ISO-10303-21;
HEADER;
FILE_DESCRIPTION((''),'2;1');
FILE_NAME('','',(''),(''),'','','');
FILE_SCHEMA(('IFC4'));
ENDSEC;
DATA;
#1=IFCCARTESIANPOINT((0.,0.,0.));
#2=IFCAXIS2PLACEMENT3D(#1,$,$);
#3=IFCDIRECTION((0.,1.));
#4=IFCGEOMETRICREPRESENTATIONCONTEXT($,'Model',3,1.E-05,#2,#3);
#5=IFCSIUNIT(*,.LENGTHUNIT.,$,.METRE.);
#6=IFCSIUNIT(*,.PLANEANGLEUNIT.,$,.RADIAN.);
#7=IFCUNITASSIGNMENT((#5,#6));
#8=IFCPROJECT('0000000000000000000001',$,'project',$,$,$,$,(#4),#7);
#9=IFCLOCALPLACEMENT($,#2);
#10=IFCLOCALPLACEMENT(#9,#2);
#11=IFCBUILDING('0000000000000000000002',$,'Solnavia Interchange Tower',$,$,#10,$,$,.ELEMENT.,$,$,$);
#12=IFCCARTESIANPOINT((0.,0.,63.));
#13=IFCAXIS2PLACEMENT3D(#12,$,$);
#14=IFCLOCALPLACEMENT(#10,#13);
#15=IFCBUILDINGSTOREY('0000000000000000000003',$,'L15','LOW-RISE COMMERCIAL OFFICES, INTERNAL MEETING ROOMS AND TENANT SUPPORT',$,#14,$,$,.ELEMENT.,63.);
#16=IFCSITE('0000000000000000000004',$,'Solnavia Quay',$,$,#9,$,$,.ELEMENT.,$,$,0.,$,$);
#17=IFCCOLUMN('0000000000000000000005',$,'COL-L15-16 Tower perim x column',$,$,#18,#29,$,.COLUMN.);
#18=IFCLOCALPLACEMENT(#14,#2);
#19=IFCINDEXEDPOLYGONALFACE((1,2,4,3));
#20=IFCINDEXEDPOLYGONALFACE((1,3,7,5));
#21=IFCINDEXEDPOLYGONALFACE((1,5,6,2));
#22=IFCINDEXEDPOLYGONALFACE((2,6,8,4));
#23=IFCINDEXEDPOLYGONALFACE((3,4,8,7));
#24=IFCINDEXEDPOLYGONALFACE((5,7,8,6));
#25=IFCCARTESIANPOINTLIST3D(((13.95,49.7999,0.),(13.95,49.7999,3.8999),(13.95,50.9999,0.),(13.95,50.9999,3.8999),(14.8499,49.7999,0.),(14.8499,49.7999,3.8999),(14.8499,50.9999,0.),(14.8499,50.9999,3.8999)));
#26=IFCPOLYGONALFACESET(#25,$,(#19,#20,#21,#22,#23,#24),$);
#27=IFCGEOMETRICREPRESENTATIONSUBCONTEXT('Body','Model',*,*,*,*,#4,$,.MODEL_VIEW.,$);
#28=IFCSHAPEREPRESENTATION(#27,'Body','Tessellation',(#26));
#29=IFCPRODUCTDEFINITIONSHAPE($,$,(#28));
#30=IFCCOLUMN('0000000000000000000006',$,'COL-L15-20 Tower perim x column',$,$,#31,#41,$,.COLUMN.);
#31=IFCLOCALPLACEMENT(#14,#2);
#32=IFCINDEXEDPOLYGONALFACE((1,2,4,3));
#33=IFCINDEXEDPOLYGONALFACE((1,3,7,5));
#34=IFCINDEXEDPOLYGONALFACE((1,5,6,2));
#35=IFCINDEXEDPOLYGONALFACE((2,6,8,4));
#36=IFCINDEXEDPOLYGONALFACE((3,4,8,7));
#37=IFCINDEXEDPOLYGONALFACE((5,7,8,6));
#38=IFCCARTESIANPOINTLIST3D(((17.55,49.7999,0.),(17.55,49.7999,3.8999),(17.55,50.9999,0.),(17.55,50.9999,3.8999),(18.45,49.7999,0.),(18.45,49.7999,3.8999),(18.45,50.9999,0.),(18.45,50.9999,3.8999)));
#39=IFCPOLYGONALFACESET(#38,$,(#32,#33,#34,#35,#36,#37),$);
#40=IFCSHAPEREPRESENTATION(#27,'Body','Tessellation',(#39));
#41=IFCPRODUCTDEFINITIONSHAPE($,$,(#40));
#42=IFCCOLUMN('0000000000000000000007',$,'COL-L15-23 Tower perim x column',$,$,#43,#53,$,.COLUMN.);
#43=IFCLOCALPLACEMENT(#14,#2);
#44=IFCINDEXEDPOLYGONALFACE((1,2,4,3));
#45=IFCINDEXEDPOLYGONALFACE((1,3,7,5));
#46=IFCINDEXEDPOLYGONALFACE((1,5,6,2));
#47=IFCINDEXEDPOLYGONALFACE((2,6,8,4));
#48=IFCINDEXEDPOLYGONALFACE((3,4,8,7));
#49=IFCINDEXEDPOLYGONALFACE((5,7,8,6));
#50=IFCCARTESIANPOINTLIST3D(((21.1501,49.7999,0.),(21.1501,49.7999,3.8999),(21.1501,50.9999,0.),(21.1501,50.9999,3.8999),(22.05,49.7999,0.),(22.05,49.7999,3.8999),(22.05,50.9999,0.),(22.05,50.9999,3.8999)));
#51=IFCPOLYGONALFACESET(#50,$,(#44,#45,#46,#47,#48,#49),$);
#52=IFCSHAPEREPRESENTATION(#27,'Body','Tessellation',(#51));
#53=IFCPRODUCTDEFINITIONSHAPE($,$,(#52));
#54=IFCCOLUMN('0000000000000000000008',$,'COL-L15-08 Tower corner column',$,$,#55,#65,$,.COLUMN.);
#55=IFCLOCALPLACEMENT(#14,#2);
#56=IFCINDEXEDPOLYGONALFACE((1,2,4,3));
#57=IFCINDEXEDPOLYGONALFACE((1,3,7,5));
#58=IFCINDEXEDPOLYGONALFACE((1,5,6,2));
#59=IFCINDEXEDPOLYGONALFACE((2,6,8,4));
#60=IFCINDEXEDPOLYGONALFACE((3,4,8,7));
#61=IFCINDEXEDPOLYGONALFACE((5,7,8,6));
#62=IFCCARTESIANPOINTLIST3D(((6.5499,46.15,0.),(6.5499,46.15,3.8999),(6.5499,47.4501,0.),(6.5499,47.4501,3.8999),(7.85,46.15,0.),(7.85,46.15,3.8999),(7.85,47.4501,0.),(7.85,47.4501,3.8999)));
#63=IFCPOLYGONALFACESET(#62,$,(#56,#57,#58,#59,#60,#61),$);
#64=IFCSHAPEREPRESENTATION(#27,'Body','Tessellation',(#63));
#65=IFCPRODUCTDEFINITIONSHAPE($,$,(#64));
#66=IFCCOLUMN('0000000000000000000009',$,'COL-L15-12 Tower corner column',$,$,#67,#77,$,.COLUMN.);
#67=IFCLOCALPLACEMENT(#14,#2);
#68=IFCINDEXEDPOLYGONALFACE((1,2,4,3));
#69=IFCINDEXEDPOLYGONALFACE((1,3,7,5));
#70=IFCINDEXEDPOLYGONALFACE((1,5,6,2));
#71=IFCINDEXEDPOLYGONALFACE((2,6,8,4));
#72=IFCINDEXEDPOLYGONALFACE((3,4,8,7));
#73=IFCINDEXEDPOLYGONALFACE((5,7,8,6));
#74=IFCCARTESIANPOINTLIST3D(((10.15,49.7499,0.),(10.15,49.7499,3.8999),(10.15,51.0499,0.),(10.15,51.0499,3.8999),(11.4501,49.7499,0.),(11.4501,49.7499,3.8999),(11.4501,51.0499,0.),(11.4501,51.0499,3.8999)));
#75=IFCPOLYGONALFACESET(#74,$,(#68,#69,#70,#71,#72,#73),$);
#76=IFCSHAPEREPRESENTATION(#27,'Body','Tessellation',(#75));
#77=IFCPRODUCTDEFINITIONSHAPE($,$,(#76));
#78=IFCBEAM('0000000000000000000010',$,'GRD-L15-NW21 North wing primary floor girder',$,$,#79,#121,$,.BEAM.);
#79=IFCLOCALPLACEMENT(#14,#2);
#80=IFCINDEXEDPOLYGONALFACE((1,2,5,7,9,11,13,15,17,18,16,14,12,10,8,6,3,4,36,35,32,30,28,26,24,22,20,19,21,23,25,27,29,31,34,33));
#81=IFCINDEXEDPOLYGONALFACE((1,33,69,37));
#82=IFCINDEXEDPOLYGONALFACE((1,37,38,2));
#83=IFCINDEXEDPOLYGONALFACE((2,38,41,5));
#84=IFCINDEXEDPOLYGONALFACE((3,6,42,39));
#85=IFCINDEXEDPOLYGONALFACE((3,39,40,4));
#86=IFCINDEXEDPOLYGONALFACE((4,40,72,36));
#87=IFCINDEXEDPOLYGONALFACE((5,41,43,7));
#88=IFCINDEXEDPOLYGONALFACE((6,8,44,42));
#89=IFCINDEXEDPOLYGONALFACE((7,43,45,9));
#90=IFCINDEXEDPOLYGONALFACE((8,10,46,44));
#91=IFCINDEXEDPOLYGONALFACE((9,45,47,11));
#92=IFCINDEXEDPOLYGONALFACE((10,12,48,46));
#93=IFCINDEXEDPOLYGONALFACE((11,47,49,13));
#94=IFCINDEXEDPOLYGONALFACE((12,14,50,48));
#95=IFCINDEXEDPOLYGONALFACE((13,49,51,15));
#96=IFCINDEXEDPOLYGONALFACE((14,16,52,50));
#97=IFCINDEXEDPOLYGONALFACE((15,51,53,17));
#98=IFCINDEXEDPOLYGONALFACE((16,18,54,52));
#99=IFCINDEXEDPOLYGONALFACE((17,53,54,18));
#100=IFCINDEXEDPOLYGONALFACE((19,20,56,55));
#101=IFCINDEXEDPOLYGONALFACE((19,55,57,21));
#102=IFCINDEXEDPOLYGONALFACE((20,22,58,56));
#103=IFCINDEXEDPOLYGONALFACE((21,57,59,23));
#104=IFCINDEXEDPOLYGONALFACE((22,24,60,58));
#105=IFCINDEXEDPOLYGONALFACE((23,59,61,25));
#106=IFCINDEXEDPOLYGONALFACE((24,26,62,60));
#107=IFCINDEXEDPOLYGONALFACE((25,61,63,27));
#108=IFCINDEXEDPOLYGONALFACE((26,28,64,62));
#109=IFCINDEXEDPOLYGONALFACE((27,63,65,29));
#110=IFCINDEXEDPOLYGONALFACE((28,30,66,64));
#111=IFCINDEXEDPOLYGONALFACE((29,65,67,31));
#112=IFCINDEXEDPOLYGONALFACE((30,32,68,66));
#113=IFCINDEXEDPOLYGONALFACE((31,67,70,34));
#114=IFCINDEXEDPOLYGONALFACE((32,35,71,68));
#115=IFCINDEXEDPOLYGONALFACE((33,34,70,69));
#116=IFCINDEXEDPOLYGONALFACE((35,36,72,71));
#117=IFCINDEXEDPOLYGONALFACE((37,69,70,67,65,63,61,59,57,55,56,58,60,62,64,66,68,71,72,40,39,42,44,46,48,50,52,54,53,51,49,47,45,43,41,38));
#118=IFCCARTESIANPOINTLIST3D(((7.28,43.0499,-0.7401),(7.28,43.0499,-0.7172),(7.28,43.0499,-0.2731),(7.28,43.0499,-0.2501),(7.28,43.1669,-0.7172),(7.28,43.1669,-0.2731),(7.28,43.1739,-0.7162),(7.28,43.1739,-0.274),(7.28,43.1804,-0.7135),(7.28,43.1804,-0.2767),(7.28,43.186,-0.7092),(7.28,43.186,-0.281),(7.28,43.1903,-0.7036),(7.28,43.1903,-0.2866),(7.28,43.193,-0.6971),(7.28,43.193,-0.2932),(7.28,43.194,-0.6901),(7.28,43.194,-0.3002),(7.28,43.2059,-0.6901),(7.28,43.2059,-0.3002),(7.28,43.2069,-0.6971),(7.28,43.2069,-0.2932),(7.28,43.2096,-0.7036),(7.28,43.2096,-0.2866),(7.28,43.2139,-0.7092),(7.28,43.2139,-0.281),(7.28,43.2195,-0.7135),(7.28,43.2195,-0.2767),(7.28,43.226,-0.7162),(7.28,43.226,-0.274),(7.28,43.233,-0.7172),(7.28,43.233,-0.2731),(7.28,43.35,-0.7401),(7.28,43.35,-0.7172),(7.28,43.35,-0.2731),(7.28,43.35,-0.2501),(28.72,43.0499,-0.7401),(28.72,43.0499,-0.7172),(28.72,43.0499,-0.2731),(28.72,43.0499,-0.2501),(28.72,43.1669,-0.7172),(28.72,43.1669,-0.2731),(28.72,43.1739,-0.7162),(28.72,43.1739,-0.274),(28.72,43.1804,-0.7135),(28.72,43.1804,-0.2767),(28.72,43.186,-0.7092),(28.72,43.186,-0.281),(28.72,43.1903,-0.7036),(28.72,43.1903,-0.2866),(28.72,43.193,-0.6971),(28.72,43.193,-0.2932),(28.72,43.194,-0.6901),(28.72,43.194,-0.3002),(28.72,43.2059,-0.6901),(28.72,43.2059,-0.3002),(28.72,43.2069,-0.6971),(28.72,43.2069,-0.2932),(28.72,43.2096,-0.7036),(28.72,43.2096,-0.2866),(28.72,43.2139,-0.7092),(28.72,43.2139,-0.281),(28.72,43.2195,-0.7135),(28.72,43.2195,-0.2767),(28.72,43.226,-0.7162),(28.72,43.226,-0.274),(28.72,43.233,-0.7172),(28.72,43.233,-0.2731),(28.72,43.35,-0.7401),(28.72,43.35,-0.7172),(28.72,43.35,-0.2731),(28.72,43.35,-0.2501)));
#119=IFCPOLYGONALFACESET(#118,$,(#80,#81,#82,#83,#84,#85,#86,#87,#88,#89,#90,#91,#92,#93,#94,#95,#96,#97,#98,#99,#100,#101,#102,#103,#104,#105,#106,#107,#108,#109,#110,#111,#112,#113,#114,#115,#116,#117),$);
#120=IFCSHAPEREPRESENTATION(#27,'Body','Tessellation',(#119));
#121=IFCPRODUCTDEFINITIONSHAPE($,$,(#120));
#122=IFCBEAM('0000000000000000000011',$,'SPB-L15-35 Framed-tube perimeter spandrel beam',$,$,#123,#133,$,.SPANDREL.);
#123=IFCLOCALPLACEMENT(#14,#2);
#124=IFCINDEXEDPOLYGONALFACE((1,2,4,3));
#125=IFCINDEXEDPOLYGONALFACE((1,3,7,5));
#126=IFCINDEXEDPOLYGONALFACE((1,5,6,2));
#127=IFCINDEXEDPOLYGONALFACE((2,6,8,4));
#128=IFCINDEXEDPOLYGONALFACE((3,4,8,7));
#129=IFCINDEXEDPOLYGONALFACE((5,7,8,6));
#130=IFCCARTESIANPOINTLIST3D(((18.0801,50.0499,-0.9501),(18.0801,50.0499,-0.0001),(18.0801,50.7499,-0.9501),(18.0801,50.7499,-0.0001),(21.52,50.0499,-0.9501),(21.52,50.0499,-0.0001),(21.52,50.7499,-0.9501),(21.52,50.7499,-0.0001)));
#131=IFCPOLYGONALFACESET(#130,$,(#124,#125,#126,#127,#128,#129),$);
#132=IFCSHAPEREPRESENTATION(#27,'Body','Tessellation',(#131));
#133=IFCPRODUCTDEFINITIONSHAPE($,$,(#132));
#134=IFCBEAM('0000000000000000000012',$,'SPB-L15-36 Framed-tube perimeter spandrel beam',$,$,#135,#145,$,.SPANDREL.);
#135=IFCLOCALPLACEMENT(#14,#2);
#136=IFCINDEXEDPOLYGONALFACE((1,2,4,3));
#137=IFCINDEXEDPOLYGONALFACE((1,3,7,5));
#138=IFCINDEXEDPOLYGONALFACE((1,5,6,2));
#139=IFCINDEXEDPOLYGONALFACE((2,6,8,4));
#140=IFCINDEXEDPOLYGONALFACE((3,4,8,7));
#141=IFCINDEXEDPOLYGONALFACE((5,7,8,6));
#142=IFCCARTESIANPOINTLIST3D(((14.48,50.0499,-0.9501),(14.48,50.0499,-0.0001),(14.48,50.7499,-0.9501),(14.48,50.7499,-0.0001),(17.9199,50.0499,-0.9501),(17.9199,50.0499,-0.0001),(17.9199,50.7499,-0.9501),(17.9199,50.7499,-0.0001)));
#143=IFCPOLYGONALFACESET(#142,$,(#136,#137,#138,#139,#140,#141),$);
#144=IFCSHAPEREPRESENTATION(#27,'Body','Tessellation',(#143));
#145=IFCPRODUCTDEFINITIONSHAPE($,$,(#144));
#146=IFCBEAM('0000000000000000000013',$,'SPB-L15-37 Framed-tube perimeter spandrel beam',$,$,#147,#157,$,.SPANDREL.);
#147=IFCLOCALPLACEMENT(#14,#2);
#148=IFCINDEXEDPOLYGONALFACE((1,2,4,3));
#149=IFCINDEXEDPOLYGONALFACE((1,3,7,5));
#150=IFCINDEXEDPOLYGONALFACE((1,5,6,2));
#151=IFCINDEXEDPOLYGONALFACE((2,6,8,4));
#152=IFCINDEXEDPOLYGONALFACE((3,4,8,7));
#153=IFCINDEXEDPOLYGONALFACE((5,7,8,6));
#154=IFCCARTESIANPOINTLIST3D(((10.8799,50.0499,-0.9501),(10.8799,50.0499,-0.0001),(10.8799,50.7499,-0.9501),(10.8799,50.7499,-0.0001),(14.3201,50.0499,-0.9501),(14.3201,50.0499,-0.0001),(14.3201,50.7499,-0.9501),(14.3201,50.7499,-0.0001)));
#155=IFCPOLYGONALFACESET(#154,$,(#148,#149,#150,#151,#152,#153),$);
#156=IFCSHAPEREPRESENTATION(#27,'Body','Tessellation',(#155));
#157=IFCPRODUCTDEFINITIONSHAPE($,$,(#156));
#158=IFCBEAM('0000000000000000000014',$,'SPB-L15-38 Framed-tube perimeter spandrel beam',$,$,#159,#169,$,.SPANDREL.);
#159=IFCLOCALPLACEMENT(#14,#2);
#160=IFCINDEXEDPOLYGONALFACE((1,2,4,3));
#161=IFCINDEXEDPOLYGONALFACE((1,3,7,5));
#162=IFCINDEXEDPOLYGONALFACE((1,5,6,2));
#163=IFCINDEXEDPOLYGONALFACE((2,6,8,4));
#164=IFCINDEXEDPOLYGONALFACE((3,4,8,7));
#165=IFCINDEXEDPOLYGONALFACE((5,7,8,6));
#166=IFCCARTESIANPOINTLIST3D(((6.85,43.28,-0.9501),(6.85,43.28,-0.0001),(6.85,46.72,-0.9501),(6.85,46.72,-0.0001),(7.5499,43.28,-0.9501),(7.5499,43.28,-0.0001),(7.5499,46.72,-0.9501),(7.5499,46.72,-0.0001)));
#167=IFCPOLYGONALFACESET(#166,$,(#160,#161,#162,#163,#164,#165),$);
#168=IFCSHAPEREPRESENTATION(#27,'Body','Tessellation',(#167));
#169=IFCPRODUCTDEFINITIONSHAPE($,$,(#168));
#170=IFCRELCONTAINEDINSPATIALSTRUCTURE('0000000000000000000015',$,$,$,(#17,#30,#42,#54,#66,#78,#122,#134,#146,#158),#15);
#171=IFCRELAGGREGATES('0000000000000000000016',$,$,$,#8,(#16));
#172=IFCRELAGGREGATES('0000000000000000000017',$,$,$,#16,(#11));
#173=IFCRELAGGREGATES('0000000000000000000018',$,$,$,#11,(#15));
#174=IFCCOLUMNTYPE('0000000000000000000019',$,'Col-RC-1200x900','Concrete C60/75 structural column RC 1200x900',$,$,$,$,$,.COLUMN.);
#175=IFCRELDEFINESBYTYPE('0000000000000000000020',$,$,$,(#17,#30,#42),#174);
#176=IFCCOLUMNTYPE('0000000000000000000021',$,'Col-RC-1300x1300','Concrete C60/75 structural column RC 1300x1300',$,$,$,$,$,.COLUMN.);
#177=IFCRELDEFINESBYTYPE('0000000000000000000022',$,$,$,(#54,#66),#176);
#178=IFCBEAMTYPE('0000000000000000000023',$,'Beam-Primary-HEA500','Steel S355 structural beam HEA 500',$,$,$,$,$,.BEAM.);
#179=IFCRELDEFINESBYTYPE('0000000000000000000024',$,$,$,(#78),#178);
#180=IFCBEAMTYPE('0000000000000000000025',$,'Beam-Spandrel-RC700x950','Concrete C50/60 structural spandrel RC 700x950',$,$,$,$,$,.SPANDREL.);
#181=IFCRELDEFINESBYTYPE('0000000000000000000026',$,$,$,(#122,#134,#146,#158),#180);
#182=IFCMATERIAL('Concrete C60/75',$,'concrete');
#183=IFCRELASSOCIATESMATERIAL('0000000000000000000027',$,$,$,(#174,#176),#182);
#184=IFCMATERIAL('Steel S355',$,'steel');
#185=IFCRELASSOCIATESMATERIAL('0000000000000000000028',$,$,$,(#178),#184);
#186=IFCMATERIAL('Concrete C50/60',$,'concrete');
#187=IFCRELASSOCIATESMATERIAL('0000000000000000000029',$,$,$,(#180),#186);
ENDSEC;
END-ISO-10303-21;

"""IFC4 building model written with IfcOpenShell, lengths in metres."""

from ifc_helpers import new_model, si_unit, direction, frame, origin, origin_2d, place, context, subcontext, project, spatial, rectangle, i_section, extrude, material, material_profile, profile_set, type_object, element, save


model = new_model("IFC4")

# Units and contexts
model_context = context("Model", 3, precision=1e-05, world=origin(), true_north=direction((0.0, 1.0)))
body_context = subcontext(model_context, "Body", "Model", "MODEL_VIEW")
ifc_project = project(units=[si_unit("LENGTHUNIT", "METRE"), si_unit("PLANEANGLEUNIT", "RADIAN")], contexts=[model_context])

# Site, building, storey
site_placement = place(None, origin())
site = spatial("IfcSite", under=ifc_project, at=site_placement, Name="Solnavia Quay", CompositionType="ELEMENT", RefElevation=0.0)
building_placement = place(site_placement, origin())
building = spatial("IfcBuilding", under=site, at=building_placement, Name="Solnavia Interchange Tower", CompositionType="ELEMENT")
storey_placement = place(building_placement, frame((0.0, 0.0, 63.0)))
storey = spatial("IfcBuildingStorey", under=building, at=storey_placement, Name="L15", Description="LOW-RISE COMMERCIAL OFFICES, INTERNAL MEETING ROOMS AND TENANT SUPPORT", CompositionType="ELEMENT", Elevation=63.0)

# Columns
ifc_material_1 = material(Name="Concrete C60/75", Category="concrete")
ifc_material_profile_1 = material_profile(ifc_material_1, rectangle(XDim=0.8999, YDim=1.2, at=origin_2d()), Name="RC 1200x900")
ifc_profile_set_1 = profile_set([ifc_material_profile_1], Name="Concrete C60/75")
column_type_1 = type_object("IfcColumnType", Name="Col-RC-1200x900", Description="Concrete C60/75 structural column RC 1200x900", PredefinedType="COLUMN", material=ifc_profile_set_1)
for number, where, z_axis, x_axis, name in (
    (1, (14.3999, 50.3999, 0.0), (0.0, 0.0, 1.0), (1.0, 0.0, 0.0), "COL-L15-16 Tower perim x column"),
    (2, (18.0, 50.3999, 0.0), (0.0, 0.0, 1.0), (1.0, 0.0, 0.0), "COL-L15-20 Tower perim x column"),
    (3, (21.6001, 50.3999, 0.0), (0.0, 0.0, 1.0), (1.0, 0.0, 0.0), "COL-L15-23 Tower perim x column"),
):
    element("IfcColumn", number, at=place(storey_placement, frame(where, z_axis=z_axis, x_axis=x_axis)), inside=storey, type_object=column_type_1, Name=name, PredefinedType="COLUMN", context=body_context, shape_type="SweptSolid", body=[
        extrude(rectangle(XDim=0.8999, YDim=1.2, at=origin_2d()), origin(), (0.0, 0.0, 1.0), 3.8999),
    ])
ifc_material_profile_2 = material_profile(ifc_material_1, rectangle(XDim=1.3, YDim=1.3, at=origin_2d()), Name="RC 1300x1300")
ifc_profile_set_2 = profile_set([ifc_material_profile_2], Name="Concrete C60/75")
column_type_2 = type_object("IfcColumnType", Name="Col-RC-1300x1300", Description="Concrete C60/75 structural column RC 1300x1300", PredefinedType="COLUMN", material=ifc_profile_set_2)
for number, where, z_axis, x_axis, name in (
    (4, (7.2, 46.8, 0.0), (0.0, 0.0, 1.0), (0.0, 1.0, 0.0), "COL-L15-08 Tower corner column"),
    (5, (10.8, 50.3999, 0.0), (0.0, 0.0, 1.0), (1.0, 0.0, 0.0), "COL-L15-12 Tower corner column"),
):
    element("IfcColumn", number, at=place(storey_placement, frame(where, z_axis=z_axis, x_axis=x_axis)), inside=storey, type_object=column_type_2, Name=name, PredefinedType="COLUMN", context=body_context, shape_type="SweptSolid", body=[
        extrude(rectangle(XDim=1.3, YDim=1.3, at=origin_2d()), origin(), (0.0, 0.0, 1.0), 3.8999),
    ])

# Beams
ifc_material_2 = material(Name="Steel S355", Category="steel")
ifc_material_profile_3 = material_profile(ifc_material_2, i_section(OverallWidth=0.3, OverallDepth=0.49, WebThickness=0.012, FlangeThickness=0.0229, FilletRadius=0.0271, at=origin_2d()), Name="HEA 500")
ifc_profile_set_3 = profile_set([ifc_material_profile_3], Name="Steel S355")
beam_type_1 = type_object("IfcBeamType", Name="Beam-Primary-HEA500", Description="Steel S355 structural beam HEA 500", PredefinedType="BEAM", material=ifc_profile_set_3)
beam_1_placement = place(storey_placement, frame((7.28, 43.2, -0.4951), z_axis=(1.0, 0.0, 0.0), x_axis=(0.0, 1.0, 0.0)))
element("IfcBeam", 6, at=beam_1_placement, inside=storey, type_object=beam_type_1, Name="GRD-L15-NW21 North wing primary floor girder", PredefinedType="BEAM", context=body_context, shape_type="SweptSolid", body=[
    extrude(i_section(OverallWidth=0.3, OverallDepth=0.49, WebThickness=0.012, FlangeThickness=0.0229, FilletRadius=0.0271, at=origin_2d()), origin(), (0.0, 0.0, 1.0), 21.4399),
])
ifc_material_3 = material(Name="Concrete C50/60", Category="concrete")
ifc_material_profile_4 = material_profile(ifc_material_3, rectangle(XDim=0.7, YDim=0.95, at=origin_2d()), Name="RC 700x950")
ifc_profile_set_4 = profile_set([ifc_material_profile_4], Name="Concrete C50/60")
beam_type_2 = type_object("IfcBeamType", Name="Beam-Spandrel-RC700x950", Description="Concrete C50/60 structural spandrel RC 700x950", PredefinedType="SPANDREL", material=ifc_profile_set_4)
for number, where, z_axis, x_axis, name in (
    (7, (21.52, 50.3999, -0.4751), (-1.0, 0.0, 0.0), (0.0, -1.0, 0.0), "SPB-L15-35 Framed-tube perimeter spandrel beam"),
    (8, (17.9199, 50.3999, -0.4751), (-1.0, 0.0, 0.0), (0.0, -1.0, 0.0), "SPB-L15-36 Framed-tube perimeter spandrel beam"),
):
    element("IfcBeam", number, at=place(storey_placement, frame(where, z_axis=z_axis, x_axis=x_axis)), inside=storey, type_object=beam_type_2, Name=name, PredefinedType="SPANDREL", context=body_context, shape_type="SweptSolid", body=[
        extrude(rectangle(XDim=0.7, YDim=0.95, at=origin_2d()), origin(), (0.0, 0.0, 1.0), 3.4399),
    ])
beam_2_placement = place(storey_placement, frame((14.3201, 50.3999, -0.4751), z_axis=(-1.0, 0.0, 0.0), x_axis=(0.0, -1.0, 0.0)))
element("IfcBeam", 9, at=beam_2_placement, inside=storey, type_object=beam_type_2, Name="SPB-L15-37 Framed-tube perimeter spandrel beam", PredefinedType="SPANDREL", context=body_context, shape_type="SweptSolid", body=[
    extrude(rectangle(XDim=0.7, YDim=0.95, at=origin_2d()), origin(), (0.0, 0.0, 1.0), 3.4402),
])
beam_3_placement = place(storey_placement, frame((7.2, 46.72, -0.4751), z_axis=(0.0, -1.0, 0.0), x_axis=(1.0, 0.0, 0.0)))
element("IfcBeam", 10, at=beam_3_placement, inside=storey, type_object=beam_type_2, Name="SPB-L15-38 Framed-tube perimeter spandrel beam", PredefinedType="SPANDREL", context=body_context, shape_type="SweptSolid", body=[
    extrude(rectangle(XDim=0.7, YDim=0.95, at=origin_2d()), origin(), (0.0, 0.0, 1.0), 3.4399),
])

save(model, "model.ifc")
